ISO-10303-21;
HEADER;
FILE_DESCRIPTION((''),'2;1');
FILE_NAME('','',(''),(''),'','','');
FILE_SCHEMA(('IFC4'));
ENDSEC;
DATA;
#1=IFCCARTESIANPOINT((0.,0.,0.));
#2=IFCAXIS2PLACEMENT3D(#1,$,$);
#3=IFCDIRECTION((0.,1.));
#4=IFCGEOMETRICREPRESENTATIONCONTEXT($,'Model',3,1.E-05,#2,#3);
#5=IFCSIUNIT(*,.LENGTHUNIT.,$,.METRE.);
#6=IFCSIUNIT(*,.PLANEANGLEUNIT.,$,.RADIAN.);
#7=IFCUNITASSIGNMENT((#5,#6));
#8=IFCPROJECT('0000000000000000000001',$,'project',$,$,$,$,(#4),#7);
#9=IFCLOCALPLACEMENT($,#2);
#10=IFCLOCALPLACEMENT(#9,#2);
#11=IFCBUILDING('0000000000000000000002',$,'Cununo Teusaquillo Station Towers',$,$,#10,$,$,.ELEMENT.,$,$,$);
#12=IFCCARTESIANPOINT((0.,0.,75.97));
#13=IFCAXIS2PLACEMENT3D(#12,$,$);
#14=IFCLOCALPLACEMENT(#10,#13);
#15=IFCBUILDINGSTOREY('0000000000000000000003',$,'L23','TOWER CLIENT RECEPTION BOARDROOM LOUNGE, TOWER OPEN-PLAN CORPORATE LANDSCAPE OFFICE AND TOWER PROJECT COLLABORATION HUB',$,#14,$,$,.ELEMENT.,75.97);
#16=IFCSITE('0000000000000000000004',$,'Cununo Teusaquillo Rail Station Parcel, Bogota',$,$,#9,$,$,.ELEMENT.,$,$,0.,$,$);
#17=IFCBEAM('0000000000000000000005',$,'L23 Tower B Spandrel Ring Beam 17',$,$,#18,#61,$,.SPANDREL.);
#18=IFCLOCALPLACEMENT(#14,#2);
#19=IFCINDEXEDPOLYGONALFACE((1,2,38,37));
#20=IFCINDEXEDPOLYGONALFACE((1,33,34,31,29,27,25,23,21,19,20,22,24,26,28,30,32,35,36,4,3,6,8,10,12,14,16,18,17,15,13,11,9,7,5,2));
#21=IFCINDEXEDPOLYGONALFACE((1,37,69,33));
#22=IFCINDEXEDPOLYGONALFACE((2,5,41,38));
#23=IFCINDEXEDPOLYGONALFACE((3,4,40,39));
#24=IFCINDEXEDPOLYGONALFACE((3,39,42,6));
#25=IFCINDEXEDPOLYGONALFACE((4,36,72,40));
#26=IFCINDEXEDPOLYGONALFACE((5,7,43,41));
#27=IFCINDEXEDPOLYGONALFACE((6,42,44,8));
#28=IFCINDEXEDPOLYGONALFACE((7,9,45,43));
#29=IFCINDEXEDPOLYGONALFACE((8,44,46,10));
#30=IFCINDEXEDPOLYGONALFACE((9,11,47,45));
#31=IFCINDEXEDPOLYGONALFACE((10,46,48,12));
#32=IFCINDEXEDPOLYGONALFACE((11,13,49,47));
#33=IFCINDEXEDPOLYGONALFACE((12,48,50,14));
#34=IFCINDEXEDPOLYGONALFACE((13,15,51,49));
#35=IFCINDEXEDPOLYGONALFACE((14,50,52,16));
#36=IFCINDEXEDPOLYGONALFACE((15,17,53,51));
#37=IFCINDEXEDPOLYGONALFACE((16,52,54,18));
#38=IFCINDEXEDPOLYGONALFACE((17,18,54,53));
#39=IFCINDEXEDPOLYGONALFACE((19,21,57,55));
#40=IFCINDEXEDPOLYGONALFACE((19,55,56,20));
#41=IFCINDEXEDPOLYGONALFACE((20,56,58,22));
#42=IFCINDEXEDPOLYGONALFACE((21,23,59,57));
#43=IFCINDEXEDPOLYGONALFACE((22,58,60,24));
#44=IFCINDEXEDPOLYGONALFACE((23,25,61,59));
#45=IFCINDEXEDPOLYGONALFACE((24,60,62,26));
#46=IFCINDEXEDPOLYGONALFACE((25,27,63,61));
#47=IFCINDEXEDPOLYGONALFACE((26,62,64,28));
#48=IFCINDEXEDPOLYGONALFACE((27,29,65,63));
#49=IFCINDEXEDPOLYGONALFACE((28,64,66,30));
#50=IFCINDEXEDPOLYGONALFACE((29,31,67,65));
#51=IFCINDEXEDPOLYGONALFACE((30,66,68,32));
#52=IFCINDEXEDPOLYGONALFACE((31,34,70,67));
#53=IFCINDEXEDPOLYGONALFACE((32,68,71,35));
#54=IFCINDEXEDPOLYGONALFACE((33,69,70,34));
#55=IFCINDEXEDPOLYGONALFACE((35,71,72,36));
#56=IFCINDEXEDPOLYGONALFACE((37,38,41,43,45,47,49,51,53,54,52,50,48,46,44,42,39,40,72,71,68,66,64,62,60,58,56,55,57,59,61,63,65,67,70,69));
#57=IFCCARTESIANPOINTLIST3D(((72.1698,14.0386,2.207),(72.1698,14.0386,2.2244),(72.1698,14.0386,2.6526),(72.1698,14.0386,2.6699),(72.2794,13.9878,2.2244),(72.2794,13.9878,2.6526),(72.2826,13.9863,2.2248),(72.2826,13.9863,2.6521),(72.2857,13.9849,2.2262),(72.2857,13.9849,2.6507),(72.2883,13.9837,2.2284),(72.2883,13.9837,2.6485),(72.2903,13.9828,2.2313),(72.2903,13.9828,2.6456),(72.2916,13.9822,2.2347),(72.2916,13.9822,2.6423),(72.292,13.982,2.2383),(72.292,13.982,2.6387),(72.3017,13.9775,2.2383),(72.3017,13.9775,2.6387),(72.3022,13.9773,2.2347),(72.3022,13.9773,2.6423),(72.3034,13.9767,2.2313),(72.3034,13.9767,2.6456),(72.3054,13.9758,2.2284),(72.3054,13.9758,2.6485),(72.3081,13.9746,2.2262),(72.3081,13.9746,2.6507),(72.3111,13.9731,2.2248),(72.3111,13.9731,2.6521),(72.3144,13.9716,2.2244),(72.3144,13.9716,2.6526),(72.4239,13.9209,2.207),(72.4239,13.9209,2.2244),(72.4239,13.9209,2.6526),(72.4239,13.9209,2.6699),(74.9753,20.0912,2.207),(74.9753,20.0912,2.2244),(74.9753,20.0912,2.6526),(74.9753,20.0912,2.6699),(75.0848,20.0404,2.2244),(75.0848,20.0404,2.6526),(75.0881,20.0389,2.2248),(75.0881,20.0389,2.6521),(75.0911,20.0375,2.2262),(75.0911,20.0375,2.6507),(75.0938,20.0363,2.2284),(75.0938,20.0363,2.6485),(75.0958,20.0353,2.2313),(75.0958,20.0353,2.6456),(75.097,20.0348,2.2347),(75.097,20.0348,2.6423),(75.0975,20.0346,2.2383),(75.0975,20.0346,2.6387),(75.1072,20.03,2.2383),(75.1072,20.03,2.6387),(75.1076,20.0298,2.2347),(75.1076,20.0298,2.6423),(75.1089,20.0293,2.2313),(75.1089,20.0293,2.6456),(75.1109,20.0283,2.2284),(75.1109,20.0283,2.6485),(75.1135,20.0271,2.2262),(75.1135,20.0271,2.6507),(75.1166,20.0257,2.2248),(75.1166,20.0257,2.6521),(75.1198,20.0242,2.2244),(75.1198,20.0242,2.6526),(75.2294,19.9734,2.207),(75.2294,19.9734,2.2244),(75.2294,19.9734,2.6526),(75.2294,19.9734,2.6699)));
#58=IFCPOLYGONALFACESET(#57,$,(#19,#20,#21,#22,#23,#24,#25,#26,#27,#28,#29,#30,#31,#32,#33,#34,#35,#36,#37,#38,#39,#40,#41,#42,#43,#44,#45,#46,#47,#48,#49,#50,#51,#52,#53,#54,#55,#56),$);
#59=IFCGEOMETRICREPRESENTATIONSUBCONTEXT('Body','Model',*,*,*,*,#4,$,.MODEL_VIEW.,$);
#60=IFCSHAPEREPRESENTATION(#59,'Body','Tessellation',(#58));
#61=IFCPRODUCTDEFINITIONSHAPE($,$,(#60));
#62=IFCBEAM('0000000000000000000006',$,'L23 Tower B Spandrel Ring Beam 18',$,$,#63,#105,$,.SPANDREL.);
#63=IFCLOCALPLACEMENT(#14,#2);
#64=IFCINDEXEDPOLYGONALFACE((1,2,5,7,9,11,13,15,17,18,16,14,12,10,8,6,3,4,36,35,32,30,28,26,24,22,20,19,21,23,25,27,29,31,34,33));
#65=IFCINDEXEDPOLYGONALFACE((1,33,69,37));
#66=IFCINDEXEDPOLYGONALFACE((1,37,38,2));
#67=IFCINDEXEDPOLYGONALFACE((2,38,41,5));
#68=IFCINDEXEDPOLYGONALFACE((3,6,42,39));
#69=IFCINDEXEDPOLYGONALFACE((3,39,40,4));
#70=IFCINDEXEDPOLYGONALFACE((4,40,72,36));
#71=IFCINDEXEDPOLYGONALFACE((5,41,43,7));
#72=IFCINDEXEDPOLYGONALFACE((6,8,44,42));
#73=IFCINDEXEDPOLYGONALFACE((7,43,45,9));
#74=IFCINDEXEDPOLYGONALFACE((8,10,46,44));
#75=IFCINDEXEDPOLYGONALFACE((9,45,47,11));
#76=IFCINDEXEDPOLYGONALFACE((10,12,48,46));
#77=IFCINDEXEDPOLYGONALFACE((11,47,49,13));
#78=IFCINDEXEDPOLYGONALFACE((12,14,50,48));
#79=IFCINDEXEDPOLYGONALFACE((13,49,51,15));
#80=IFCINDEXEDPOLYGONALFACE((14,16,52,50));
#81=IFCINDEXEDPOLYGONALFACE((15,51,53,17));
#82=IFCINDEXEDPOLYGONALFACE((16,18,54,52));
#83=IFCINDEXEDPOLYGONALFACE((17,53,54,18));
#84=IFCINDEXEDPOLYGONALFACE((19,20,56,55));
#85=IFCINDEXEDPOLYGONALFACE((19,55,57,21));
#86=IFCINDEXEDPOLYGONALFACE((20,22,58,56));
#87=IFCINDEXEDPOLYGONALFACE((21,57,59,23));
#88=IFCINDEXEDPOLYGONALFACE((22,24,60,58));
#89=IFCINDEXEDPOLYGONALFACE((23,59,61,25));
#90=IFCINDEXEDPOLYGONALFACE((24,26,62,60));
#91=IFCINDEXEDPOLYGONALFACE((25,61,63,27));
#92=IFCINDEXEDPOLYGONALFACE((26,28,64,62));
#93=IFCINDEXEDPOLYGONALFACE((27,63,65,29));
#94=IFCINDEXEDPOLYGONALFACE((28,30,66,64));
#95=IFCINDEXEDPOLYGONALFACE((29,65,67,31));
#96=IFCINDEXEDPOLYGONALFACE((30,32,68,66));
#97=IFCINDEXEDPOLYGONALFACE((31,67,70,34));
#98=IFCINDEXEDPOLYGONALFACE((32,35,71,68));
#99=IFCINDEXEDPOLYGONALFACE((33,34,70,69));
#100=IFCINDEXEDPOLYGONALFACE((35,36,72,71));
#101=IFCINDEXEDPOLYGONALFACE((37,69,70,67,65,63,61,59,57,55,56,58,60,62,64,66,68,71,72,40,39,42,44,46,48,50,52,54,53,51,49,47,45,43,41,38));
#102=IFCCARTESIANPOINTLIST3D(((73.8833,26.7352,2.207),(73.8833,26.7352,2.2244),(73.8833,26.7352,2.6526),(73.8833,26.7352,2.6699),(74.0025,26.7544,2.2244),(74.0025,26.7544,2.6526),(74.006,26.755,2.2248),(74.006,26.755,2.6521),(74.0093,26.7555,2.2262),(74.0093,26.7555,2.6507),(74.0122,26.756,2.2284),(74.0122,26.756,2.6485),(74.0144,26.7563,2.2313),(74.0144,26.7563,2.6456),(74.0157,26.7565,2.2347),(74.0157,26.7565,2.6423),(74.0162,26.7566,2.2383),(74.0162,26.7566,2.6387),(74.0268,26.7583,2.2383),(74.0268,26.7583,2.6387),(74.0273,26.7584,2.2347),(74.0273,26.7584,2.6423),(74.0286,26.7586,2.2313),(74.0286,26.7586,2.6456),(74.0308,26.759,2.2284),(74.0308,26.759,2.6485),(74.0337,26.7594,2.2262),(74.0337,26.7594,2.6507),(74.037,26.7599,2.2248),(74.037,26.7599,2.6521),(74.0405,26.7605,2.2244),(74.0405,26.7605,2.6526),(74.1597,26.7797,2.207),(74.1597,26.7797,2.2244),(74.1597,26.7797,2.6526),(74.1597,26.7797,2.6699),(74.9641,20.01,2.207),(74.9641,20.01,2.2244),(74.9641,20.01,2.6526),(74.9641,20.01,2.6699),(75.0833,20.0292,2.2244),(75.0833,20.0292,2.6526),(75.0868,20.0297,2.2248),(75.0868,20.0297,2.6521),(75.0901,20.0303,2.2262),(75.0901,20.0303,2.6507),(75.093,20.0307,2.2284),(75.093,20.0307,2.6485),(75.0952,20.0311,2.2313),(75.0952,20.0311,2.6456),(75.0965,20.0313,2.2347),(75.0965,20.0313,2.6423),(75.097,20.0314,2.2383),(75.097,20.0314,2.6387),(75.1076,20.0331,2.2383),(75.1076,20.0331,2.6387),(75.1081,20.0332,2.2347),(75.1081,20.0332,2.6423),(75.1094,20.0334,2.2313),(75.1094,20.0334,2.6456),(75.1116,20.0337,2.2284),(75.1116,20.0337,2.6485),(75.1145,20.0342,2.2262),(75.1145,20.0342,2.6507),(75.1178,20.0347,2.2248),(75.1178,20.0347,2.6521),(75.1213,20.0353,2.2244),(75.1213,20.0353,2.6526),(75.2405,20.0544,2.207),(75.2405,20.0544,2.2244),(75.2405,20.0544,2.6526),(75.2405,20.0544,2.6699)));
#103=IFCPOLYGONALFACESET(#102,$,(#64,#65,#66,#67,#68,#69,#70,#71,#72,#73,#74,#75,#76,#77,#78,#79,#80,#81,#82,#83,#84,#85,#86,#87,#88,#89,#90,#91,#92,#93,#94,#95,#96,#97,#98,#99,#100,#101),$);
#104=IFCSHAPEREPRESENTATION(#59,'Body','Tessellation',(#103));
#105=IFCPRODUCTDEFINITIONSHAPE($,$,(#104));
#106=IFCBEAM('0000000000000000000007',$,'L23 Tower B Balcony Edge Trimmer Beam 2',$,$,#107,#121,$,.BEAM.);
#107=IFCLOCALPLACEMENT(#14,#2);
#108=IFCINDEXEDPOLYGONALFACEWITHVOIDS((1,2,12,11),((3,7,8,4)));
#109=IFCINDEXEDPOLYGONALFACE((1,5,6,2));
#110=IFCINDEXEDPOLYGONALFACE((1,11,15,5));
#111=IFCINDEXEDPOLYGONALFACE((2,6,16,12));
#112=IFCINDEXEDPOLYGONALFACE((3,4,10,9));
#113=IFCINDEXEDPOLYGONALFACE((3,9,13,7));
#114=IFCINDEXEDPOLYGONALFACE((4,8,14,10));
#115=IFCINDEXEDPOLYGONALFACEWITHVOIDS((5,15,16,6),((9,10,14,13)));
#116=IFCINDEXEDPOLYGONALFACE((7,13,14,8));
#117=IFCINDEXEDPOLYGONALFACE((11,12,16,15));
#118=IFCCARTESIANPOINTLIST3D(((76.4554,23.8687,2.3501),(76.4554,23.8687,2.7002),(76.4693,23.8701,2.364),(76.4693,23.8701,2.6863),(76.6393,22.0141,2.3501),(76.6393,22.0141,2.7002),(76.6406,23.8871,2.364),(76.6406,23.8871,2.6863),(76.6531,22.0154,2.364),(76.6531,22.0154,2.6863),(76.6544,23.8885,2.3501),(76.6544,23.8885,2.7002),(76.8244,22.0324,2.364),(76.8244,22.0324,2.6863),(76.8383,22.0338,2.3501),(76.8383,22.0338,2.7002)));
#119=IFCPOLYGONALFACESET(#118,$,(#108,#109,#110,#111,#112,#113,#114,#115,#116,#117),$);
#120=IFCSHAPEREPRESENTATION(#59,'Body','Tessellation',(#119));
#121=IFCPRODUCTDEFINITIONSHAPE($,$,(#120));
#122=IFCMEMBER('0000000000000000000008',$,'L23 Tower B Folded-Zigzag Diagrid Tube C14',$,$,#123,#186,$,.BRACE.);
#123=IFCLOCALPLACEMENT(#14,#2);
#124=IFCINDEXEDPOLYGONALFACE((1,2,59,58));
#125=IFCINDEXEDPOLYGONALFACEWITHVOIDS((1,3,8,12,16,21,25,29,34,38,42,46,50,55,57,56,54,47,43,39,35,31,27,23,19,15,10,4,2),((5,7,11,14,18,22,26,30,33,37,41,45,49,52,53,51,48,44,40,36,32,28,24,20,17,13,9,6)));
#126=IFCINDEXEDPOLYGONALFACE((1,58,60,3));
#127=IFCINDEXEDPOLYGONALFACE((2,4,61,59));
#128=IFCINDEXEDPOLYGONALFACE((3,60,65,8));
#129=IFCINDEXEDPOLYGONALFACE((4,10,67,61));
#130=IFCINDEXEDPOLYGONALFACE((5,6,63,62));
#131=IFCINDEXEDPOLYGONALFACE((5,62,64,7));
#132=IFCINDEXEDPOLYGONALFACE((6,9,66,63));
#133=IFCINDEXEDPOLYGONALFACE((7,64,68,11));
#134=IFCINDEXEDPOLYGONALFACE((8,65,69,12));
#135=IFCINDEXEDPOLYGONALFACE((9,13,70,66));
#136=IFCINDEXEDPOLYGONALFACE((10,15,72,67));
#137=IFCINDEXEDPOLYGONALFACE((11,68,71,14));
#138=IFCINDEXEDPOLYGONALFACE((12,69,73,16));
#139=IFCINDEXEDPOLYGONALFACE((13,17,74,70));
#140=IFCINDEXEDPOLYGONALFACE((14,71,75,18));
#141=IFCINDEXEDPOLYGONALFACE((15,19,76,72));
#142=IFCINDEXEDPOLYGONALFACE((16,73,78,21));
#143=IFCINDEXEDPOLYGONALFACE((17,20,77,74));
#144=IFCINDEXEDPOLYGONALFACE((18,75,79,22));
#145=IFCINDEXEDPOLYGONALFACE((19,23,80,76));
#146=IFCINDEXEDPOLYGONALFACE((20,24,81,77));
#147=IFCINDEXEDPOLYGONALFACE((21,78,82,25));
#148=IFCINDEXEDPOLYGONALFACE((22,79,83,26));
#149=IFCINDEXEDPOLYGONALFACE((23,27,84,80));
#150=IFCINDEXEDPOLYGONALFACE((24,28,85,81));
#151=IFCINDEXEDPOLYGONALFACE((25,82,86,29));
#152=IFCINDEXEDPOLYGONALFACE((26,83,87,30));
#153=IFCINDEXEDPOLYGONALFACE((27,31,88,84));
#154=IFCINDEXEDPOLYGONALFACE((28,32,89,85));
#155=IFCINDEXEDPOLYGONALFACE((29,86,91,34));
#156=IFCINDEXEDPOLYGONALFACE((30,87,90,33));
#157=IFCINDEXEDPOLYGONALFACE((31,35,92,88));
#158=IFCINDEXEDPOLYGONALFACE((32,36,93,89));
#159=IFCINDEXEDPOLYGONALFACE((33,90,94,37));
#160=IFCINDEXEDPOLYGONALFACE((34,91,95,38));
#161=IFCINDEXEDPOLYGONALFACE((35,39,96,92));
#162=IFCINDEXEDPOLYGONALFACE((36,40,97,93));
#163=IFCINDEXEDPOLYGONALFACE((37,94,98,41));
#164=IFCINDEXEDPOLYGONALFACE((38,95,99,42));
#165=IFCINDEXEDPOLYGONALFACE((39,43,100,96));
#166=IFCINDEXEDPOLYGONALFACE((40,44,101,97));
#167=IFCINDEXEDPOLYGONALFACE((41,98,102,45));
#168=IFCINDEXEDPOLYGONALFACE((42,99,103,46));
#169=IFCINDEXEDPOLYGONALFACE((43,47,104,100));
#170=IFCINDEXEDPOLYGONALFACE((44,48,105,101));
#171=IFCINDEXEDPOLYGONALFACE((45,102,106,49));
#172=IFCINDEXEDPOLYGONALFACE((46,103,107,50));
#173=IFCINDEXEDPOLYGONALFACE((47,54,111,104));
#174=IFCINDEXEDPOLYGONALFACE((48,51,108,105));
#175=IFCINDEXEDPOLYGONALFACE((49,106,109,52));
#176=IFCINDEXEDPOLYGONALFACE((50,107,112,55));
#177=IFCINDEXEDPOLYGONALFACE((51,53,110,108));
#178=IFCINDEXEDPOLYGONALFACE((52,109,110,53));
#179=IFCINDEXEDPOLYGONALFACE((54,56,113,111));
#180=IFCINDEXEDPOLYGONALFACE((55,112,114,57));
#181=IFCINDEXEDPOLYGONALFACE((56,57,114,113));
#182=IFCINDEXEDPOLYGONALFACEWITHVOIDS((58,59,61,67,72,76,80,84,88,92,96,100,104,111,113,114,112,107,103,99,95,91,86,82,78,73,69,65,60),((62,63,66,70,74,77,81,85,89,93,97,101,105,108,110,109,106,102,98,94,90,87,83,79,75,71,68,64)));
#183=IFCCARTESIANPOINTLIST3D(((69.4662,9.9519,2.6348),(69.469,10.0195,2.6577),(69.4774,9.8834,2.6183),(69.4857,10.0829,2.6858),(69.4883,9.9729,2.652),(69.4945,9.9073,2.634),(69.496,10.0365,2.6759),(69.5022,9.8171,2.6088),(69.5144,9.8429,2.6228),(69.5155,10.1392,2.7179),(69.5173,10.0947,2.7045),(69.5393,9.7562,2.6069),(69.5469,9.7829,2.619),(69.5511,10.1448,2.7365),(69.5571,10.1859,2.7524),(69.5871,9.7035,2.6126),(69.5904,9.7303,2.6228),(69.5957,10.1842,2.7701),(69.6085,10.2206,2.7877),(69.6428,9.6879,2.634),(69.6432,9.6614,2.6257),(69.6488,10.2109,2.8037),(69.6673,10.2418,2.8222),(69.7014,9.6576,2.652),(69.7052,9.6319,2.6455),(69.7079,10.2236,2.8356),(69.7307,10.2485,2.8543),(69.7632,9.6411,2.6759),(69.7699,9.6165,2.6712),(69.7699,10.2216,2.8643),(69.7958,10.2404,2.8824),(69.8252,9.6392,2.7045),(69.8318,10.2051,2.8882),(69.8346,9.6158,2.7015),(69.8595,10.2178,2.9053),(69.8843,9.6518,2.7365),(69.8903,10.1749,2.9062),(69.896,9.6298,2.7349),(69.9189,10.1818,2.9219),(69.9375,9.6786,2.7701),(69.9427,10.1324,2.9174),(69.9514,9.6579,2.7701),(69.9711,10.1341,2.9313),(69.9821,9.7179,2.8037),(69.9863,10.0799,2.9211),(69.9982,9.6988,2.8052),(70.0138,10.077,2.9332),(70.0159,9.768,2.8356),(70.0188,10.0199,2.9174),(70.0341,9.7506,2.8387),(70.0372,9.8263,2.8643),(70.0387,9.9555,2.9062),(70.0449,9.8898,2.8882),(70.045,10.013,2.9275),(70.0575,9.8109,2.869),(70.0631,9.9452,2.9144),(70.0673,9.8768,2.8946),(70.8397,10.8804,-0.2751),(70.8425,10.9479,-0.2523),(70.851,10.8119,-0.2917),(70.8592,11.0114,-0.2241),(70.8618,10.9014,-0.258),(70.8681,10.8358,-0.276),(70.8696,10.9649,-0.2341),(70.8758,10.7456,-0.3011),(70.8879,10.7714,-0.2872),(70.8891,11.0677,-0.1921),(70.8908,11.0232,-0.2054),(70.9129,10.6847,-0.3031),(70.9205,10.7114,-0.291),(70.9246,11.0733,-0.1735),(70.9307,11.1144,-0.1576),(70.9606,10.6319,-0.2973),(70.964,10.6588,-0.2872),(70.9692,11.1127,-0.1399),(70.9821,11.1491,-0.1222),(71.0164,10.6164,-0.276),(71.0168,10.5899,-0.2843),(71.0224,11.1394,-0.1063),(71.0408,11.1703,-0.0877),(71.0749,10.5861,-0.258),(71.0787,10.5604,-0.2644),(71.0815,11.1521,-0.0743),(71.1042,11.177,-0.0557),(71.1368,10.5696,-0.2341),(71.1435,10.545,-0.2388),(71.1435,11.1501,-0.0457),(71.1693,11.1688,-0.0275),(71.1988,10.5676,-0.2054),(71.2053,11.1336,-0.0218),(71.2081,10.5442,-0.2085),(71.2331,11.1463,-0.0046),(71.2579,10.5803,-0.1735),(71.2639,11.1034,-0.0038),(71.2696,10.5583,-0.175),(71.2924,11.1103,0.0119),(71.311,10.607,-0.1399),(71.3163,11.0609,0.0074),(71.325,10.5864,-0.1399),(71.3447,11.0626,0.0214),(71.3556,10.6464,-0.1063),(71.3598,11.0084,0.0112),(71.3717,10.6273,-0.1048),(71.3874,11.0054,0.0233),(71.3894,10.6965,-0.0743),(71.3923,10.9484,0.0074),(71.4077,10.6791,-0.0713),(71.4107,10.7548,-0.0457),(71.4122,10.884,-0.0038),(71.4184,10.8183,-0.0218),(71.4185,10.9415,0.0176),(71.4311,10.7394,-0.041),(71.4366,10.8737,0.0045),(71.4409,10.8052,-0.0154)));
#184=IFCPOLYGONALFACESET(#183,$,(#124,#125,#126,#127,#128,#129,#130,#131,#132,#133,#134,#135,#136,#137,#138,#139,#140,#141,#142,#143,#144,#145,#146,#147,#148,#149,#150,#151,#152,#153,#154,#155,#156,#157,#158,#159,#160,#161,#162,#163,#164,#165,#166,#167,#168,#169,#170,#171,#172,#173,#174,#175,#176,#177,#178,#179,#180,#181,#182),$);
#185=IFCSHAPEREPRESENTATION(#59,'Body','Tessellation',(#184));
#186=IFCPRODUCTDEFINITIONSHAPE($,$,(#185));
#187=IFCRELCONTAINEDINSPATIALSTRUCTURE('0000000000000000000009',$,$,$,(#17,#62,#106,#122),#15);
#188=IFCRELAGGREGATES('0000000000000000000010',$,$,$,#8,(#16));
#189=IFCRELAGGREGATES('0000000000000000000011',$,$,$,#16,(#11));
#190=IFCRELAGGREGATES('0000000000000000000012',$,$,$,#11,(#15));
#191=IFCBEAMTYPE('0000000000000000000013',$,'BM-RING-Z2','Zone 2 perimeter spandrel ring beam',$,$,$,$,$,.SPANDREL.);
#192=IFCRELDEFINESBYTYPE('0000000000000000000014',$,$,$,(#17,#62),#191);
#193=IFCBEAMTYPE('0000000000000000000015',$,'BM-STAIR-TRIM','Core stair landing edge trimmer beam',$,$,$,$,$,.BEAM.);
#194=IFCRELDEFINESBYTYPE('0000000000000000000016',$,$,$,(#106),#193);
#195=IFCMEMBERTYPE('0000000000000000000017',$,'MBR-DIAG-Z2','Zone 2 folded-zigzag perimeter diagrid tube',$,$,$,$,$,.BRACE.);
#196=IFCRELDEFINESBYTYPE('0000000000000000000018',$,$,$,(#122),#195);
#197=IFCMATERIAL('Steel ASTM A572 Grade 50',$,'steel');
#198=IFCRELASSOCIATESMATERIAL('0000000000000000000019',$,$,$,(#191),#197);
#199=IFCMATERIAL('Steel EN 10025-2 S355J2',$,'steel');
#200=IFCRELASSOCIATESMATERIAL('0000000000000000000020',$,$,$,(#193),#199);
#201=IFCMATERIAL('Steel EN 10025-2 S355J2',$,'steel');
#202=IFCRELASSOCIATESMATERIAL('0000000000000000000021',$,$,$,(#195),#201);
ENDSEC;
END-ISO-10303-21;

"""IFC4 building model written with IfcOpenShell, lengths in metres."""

from ifc_helpers import new_model, si_unit, direction, frame, origin, origin_2d, place, context, subcontext, project, spatial, hollow_rectangle, hollow_circle, i_section, extrude, material, material_profile, profile_set, type_object, element, save


model = new_model("IFC4")

# Units and contexts
model_context = context("Model", 3, precision=1e-05, world=origin(), true_north=direction((0.0, 1.0)))
body_context = subcontext(model_context, "Body", "Model", "MODEL_VIEW")
ifc_project = project(units=[si_unit("LENGTHUNIT", "METRE"), si_unit("PLANEANGLEUNIT", "RADIAN")], contexts=[model_context])

# Site, building, storey
site_placement = place(None, origin())
site = spatial("IfcSite", under=ifc_project, at=site_placement, Name="Cununo Teusaquillo Rail Station Parcel, Bogota", CompositionType="ELEMENT", RefElevation=0.0)
building_placement = place(site_placement, origin())
building = spatial("IfcBuilding", under=site, at=building_placement, Name="Cununo Teusaquillo Station Towers", CompositionType="ELEMENT")
storey_placement = place(building_placement, frame((0.0, 0.0, 75.97)))
storey = spatial("IfcBuildingStorey", under=building, at=storey_placement, Name="L23", Description="TOWER CLIENT RECEPTION BOARDROOM LOUNGE, TOWER OPEN-PLAN CORPORATE LANDSCAPE OFFICE AND TOWER PROJECT COLLABORATION HUB", CompositionType="ELEMENT", Elevation=75.97)

# Beams
ifc_material_1 = material(Name="Steel ASTM A572 Grade 50", Category="steel")
ifc_material_profile_1 = material_profile(ifc_material_1, i_section(OverallWidth=0.28, OverallDepth=0.4629, WebThickness=0.0107, FlangeThickness=0.0173, FilletRadius=0.0139, at=origin_2d()), Name="W18X76")
ifc_profile_set_1 = profile_set([ifc_material_profile_1], Name="Steel ASTM A572 Grade 50")
beam_type_1 = type_object("IfcBeamType", Name="BM-RING-Z2", Description="Zone 2 perimeter spandrel ring beam", PredefinedType="SPANDREL", material=ifc_profile_set_1)
beam_1_placement = place(storey_placement, frame((72.2969, 13.9797, 2.4385), z_axis=(0.420536, 0.907276, 0.0), x_axis=(-0.907276, 0.420536, 0.0)))
element("IfcBeam", 1, at=beam_1_placement, inside=storey, type_object=beam_type_1, Name="L23 Tower B Spandrel Ring Beam 17", PredefinedType="SPANDREL", context=body_context, shape_type="SweptSolid", body=[
    extrude(i_section(OverallWidth=0.28, OverallDepth=0.4629, WebThickness=0.0107, FlangeThickness=0.0173, FilletRadius=0.0139, at=origin_2d()), origin(), (0.0, 0.0, 1.0), 6.6711),
])
beam_2_placement = place(storey_placement, frame((75.1023, 20.0322, 2.4385), z_axis=(-0.158671, 0.987331, 0.0), x_axis=(-0.987331, -0.158671, 0.0)))
element("IfcBeam", 2, at=beam_2_placement, inside=storey, type_object=beam_type_1, Name="L23 Tower B Spandrel Ring Beam 18", PredefinedType="SPANDREL", context=body_context, shape_type="SweptSolid", body=[
    extrude(i_section(OverallWidth=0.28, OverallDepth=0.4629, WebThickness=0.0107, FlangeThickness=0.0173, FilletRadius=0.0139, at=origin_2d()), origin(), (0.0, 0.0, 1.0), 6.8115),
])
ifc_material_2 = material(Name="Steel EN 10025-2 S355J2", Category="steel")
ifc_material_profile_2 = material_profile(ifc_material_2, hollow_rectangle(XDim=0.2, YDim=0.3501, WallThickness=0.0139, at=origin_2d()), Name="RHS 350x200x14")
ifc_profile_set_2 = profile_set([ifc_material_profile_2], Name="Steel EN 10025-2 S355J2")
beam_type_2 = type_object("IfcBeamType", Name="BM-STAIR-TRIM", Description="Core stair landing edge trimmer beam", PredefinedType="BEAM", material=ifc_profile_set_2)
beam_3_placement = place(storey_placement, frame((76.7388, 22.0239, 2.5251), z_axis=(-0.098635, 0.995124, 0.0), x_axis=(-0.995124, -0.098635, 0.0)))
element("IfcBeam", 3, at=beam_3_placement, inside=storey, type_object=beam_type_2, Name="L23 Tower B Balcony Edge Trimmer Beam 2", PredefinedType="BEAM", context=body_context, shape_type="SweptSolid", body=[
    extrude(hollow_rectangle(XDim=0.2, YDim=0.3501, WallThickness=0.0139, at=origin_2d()), origin(), (0.0, 0.0, 1.0), 1.8638),
])

# Member
ifc_material_3 = material(Name="Steel EN 10025-2 S355J2", Category="steel")
ifc_material_profile_3 = material_profile(ifc_material_3, hollow_circle(Radius=0.3301, WallThickness=0.0249, at=origin_2d()), Name="CHS 660x25")
ifc_profile_set_3 = profile_set([ifc_material_profile_3], Name="Steel EN 10025-2 S355J2")
member_type = type_object("IfcMemberType", Name="MBR-DIAG-Z2", Description="Zone 2 folded-zigzag perimeter diagrid tube", PredefinedType="BRACE", material=ifc_profile_set_3)
member_1_placement = place(storey_placement, frame((71.1401, 10.8599, -0.1399), z_axis=(-0.410125, -0.277232, 0.868873), x_axis=(0.560024, -0.828476, 0.0)))
element("IfcMember", 4, at=member_1_placement, inside=storey, type_object=member_type, Name="L23 Tower B Folded-Zigzag Diagrid Tube C14", PredefinedType="BRACE", context=body_context, shape_type="SweptSolid", body=[
    extrude(hollow_circle(Radius=0.3301, WallThickness=0.0249, at=origin_2d()), origin(), (0.0, 0.0, 1.0), 3.3491),
])

save(model, "model.ifc")
